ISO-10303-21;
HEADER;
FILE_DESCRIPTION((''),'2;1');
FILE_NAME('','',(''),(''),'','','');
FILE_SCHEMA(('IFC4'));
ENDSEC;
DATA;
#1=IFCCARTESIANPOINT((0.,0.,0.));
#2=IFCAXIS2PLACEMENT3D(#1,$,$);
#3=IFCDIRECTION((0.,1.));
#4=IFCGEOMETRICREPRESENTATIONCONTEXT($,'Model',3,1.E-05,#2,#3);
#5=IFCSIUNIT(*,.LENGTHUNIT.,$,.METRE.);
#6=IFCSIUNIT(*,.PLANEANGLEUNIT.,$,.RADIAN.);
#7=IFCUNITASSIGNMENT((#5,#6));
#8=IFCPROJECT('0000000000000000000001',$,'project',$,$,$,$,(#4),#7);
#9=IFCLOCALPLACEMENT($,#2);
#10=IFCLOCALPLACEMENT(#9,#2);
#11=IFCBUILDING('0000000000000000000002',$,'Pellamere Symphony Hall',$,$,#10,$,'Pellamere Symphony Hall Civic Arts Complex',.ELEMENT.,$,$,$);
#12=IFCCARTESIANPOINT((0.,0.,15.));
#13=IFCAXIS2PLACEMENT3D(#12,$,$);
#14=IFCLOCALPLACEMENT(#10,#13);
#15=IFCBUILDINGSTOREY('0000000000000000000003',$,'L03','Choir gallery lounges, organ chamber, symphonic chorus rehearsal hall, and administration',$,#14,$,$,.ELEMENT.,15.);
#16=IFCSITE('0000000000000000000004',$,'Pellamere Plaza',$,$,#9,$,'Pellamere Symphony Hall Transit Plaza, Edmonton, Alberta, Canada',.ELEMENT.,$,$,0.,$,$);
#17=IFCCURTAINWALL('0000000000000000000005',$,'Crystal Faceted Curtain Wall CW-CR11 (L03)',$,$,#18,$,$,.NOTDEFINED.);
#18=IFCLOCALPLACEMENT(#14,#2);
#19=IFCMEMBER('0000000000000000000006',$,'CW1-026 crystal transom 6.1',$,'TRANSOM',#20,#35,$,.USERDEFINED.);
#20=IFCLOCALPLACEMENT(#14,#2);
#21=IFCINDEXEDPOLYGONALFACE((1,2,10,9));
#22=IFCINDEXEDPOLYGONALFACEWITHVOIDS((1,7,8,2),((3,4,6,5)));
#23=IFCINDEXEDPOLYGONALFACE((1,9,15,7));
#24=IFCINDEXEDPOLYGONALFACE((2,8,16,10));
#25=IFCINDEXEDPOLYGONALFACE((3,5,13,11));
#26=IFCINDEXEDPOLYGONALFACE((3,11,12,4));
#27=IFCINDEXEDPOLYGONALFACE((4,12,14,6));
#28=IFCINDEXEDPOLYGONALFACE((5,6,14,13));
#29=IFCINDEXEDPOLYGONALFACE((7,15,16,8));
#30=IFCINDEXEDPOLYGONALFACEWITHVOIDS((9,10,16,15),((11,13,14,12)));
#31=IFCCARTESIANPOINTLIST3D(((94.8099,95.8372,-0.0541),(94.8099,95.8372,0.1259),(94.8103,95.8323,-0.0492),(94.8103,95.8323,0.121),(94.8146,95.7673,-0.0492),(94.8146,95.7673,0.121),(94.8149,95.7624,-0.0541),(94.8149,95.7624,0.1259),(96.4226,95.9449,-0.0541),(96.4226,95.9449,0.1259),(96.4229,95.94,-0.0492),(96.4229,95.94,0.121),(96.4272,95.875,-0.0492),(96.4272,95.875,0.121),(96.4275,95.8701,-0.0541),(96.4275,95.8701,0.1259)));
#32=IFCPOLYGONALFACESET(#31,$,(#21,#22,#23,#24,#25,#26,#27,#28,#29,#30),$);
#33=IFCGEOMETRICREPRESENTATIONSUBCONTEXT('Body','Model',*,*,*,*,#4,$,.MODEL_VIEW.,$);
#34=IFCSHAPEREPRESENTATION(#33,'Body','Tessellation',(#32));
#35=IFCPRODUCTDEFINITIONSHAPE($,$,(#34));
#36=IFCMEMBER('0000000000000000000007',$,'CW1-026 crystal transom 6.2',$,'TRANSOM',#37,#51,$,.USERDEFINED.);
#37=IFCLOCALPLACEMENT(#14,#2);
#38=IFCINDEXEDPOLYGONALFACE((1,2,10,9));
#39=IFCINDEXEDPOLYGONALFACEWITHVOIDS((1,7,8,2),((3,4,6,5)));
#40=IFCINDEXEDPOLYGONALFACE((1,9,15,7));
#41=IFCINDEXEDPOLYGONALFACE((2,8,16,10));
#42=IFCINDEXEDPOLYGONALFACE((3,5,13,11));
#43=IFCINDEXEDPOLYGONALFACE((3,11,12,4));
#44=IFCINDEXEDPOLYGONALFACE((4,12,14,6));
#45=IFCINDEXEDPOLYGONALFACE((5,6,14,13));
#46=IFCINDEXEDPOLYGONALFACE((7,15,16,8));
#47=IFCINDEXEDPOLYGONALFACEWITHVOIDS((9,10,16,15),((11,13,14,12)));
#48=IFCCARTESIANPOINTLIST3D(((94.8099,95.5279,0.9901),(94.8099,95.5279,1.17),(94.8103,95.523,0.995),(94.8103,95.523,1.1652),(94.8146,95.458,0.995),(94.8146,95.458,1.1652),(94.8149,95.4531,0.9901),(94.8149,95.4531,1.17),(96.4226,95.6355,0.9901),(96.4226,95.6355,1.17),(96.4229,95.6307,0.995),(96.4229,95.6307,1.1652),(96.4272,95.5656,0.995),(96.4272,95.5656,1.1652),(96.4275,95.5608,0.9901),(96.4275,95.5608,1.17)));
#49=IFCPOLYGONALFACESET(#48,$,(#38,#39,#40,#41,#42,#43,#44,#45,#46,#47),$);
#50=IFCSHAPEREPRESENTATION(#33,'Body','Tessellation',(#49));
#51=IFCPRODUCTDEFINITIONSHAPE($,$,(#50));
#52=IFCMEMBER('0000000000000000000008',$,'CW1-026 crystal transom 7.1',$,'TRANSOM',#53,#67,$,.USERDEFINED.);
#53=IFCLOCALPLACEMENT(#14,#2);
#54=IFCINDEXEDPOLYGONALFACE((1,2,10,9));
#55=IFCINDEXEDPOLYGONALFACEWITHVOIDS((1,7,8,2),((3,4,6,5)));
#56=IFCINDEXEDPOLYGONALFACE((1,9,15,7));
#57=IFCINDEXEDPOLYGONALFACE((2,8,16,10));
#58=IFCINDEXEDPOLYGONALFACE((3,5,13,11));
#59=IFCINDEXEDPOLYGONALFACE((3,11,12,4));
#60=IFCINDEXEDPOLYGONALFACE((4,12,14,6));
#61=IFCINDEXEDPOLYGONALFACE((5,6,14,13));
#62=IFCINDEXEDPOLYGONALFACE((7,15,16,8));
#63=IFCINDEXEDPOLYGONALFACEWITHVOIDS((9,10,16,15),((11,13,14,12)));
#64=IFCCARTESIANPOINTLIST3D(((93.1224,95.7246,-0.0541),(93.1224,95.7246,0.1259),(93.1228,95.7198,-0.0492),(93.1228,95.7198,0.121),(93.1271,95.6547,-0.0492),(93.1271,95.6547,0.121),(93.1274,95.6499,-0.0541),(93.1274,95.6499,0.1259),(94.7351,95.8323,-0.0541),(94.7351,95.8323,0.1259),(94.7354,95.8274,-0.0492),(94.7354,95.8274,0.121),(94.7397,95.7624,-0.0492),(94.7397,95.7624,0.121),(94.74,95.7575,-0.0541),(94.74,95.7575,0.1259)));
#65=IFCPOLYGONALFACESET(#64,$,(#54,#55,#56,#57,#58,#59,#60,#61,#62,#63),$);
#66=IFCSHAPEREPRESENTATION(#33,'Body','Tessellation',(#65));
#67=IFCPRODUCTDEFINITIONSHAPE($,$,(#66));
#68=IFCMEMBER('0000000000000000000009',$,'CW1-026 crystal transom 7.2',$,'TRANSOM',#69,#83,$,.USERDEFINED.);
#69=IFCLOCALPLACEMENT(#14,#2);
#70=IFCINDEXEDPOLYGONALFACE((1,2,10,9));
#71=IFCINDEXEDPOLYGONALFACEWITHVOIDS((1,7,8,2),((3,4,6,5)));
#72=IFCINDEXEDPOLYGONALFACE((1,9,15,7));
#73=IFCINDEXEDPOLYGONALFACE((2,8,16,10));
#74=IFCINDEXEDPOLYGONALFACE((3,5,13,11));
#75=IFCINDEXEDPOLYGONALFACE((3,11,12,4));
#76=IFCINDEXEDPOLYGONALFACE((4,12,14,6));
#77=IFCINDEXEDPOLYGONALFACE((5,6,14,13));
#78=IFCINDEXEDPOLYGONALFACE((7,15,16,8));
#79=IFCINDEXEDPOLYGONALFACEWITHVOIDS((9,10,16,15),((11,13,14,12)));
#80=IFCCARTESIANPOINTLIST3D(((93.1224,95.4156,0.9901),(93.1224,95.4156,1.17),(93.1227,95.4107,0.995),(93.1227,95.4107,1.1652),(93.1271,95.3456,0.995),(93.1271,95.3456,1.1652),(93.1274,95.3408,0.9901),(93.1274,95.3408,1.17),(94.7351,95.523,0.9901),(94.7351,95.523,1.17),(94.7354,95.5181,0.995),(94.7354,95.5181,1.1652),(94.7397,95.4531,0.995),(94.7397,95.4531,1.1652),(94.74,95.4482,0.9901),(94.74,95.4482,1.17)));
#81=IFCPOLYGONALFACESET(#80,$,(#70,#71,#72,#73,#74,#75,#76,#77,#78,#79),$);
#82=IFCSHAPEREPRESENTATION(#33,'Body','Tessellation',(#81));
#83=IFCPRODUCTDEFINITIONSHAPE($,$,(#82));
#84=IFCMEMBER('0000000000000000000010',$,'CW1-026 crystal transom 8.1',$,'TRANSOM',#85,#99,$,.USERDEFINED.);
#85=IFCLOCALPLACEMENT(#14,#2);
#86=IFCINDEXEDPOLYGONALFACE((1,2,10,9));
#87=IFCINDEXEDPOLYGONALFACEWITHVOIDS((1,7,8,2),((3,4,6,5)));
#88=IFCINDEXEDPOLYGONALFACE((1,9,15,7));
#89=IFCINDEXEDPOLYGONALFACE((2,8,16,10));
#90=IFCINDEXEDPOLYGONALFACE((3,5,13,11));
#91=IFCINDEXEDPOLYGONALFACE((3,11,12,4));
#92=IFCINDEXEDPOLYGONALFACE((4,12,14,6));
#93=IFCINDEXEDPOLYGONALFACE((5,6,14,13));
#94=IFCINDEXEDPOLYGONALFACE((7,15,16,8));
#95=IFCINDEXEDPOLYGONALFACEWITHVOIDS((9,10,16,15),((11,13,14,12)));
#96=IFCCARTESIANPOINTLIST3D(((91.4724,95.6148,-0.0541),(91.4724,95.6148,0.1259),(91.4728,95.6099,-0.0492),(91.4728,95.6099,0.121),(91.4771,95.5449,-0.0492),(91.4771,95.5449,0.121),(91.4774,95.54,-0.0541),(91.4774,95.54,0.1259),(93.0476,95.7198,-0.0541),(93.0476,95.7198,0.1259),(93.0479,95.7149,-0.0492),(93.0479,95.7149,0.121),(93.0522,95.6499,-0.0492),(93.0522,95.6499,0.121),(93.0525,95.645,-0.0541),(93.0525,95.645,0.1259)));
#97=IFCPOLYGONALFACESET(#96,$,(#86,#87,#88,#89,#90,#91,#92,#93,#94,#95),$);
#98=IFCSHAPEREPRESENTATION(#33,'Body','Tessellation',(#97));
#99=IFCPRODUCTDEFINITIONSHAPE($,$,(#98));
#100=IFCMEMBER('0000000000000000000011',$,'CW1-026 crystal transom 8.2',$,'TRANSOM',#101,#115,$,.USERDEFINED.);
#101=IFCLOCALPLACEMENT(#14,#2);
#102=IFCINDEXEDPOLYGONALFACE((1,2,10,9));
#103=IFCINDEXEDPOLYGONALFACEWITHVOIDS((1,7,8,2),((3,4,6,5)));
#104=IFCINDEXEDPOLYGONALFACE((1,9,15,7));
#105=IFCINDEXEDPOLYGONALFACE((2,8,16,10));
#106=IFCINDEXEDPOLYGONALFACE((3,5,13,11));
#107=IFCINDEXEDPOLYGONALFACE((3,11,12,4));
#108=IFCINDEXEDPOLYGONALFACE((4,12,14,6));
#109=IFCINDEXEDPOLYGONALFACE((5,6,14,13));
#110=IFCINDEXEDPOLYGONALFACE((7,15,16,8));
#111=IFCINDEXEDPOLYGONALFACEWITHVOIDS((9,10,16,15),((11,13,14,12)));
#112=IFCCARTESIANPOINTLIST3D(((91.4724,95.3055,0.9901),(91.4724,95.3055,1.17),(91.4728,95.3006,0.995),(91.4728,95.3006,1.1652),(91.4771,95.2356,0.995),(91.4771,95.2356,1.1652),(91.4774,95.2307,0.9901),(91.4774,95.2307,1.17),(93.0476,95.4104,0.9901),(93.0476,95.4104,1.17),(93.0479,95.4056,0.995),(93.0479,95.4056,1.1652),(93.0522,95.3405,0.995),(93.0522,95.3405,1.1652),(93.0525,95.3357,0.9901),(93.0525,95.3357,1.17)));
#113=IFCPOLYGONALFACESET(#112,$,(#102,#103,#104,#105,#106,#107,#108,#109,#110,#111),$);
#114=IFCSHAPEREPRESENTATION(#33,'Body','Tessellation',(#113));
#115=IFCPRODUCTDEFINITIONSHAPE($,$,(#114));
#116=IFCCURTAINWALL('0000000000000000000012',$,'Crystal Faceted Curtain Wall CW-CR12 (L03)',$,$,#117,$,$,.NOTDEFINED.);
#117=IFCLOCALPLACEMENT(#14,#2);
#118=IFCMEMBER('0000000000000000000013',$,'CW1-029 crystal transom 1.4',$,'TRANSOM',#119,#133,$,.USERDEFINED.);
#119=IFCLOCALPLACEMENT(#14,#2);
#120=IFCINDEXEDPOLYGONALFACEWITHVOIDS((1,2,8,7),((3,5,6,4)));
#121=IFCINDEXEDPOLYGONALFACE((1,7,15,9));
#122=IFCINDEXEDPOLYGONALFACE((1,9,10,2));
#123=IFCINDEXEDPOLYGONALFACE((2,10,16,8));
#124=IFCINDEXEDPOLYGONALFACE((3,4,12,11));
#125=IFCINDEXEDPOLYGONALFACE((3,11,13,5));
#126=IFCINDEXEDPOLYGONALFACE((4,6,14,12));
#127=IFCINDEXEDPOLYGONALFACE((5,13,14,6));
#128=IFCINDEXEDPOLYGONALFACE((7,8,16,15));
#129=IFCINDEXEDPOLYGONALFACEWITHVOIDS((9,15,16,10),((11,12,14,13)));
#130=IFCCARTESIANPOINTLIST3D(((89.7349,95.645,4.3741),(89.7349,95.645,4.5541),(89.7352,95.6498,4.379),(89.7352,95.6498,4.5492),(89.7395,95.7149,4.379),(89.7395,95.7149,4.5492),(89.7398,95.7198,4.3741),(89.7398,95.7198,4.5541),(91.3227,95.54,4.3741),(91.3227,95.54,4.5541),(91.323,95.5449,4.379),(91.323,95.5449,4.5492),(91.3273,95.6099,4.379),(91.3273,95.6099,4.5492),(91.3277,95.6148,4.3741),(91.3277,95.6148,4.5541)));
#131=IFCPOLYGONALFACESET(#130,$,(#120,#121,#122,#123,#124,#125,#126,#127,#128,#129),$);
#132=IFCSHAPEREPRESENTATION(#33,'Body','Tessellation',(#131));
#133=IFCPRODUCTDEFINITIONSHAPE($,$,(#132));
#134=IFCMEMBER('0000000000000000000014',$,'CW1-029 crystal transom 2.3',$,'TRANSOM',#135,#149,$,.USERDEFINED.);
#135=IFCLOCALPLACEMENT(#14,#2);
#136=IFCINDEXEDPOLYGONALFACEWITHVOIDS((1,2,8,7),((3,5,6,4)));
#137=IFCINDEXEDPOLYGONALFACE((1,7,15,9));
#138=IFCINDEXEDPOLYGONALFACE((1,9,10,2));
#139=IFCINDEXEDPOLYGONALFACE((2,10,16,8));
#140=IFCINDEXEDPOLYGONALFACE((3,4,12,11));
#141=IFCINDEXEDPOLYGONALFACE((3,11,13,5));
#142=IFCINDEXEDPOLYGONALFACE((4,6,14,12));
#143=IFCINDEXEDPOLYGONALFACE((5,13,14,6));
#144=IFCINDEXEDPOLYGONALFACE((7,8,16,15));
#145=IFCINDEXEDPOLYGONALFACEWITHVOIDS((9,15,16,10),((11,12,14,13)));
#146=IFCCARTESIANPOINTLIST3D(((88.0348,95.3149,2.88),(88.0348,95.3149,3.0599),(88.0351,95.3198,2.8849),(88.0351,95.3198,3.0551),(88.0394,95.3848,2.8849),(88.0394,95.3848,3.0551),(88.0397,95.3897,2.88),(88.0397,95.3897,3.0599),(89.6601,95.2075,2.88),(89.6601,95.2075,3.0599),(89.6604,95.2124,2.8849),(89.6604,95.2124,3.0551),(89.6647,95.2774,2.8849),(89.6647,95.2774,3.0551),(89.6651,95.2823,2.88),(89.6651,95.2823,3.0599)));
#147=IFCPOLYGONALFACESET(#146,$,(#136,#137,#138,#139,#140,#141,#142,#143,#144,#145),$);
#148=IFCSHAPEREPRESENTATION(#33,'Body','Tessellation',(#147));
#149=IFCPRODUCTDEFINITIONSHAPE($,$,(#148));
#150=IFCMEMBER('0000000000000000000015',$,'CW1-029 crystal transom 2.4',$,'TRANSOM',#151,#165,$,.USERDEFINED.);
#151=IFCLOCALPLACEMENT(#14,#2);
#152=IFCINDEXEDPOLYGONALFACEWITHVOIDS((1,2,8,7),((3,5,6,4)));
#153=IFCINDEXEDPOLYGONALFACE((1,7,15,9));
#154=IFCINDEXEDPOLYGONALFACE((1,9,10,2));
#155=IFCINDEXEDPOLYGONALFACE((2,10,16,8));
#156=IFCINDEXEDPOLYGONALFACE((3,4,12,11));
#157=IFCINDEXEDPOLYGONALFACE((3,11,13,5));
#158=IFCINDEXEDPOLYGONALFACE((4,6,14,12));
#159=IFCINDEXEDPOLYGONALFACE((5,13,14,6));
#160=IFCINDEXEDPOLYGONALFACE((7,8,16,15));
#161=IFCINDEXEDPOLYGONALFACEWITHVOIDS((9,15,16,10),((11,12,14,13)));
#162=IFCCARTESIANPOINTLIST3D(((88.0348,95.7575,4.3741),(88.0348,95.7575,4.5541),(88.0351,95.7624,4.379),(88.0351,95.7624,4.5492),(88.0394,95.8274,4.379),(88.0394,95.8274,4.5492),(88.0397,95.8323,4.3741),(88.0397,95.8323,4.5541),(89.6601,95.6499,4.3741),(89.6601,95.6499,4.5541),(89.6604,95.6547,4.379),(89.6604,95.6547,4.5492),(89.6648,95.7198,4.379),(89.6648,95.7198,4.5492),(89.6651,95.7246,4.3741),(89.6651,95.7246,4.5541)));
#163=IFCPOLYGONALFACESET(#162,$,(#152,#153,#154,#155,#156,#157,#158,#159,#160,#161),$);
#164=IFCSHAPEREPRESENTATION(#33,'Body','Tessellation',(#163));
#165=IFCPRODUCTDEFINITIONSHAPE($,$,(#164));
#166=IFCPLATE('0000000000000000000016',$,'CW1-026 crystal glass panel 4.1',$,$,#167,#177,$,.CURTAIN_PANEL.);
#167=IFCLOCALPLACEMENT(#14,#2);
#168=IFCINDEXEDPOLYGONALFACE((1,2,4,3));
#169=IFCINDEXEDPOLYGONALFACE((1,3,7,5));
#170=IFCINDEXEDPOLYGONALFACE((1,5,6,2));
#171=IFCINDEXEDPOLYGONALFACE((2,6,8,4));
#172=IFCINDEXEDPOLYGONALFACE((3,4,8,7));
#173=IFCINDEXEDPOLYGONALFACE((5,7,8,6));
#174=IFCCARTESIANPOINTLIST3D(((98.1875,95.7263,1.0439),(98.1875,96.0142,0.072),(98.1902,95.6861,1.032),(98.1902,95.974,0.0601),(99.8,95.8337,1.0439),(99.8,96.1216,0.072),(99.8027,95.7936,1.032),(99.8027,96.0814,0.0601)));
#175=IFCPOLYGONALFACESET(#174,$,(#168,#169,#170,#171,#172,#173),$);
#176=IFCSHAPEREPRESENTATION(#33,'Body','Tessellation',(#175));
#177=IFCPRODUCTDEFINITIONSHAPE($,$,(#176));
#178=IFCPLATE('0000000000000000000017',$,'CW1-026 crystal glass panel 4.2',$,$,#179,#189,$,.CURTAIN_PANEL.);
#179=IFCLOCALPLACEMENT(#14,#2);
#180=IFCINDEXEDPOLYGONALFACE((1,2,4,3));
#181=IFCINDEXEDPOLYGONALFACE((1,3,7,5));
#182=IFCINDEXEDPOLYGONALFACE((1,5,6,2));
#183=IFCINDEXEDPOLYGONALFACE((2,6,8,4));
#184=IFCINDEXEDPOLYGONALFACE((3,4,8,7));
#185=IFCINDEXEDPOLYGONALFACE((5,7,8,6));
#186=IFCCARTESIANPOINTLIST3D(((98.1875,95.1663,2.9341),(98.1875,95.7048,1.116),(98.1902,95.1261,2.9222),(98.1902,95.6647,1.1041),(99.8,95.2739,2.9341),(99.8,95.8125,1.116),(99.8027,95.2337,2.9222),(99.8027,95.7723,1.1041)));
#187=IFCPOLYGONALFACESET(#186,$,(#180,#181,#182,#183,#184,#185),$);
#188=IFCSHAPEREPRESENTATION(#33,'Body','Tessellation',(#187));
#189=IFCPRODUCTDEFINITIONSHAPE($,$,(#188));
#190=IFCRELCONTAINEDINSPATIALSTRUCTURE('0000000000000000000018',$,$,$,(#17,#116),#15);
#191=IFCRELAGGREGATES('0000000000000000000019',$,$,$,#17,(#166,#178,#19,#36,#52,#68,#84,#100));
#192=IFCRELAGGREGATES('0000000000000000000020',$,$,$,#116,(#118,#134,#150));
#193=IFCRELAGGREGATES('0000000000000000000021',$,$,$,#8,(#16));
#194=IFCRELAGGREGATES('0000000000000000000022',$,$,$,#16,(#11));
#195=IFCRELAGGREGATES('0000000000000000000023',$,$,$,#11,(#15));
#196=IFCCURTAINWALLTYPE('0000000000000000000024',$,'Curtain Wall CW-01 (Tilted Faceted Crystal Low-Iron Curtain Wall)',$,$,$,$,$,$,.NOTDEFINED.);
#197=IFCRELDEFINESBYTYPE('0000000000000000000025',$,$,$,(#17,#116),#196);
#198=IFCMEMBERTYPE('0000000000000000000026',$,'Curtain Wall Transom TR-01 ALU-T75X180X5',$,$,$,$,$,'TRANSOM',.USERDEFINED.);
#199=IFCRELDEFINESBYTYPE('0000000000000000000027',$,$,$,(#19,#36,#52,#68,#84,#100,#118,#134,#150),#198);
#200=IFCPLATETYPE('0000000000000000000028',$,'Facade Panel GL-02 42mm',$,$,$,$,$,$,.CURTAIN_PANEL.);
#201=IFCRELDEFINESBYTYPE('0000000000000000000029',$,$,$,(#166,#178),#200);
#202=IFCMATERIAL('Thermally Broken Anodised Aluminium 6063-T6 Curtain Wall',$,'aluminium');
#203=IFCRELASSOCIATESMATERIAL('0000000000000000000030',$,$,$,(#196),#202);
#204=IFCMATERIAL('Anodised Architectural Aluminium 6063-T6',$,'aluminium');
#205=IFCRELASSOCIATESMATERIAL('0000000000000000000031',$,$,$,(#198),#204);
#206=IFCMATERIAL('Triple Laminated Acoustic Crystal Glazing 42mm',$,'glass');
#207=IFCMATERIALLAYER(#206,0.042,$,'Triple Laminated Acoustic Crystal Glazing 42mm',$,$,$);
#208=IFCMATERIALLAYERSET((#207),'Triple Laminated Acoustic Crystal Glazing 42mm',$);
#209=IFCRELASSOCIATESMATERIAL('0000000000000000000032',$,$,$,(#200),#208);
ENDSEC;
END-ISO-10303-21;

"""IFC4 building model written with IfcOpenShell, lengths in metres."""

from ifc_helpers import new_model, si_unit, direction, frame, origin, origin_2d, place, context, subcontext, project, spatial, polyline, hollow_rectangle, outline, extrude, material, layer, layer_set, material_profile, profile_set, type_object, element, aggregate, save


model = new_model("IFC4")

# Units and contexts
model_context = context("Model", 3, precision=1e-05, world=origin(), true_north=direction((0.0, 1.0)))
body_context = subcontext(model_context, "Body", "Model", "MODEL_VIEW")
ifc_project = project(units=[si_unit("LENGTHUNIT", "METRE"), si_unit("PLANEANGLEUNIT", "RADIAN")], contexts=[model_context])

# Site, building, storey
site_placement = place(None, origin())
site = spatial("IfcSite", under=ifc_project, at=site_placement, Name="Pellamere Plaza", LongName="Pellamere Symphony Hall Transit Plaza, Edmonton, Alberta, Canada", CompositionType="ELEMENT", RefElevation=0.0)
building_placement = place(site_placement, origin())
building = spatial("IfcBuilding", under=site, at=building_placement, Name="Pellamere Symphony Hall", LongName="Pellamere Symphony Hall Civic Arts Complex", CompositionType="ELEMENT")
storey_placement = place(building_placement, frame((0.0, 0.0, 15.0)))
storey = spatial("IfcBuildingStorey", under=building, at=storey_placement, Name="L03", Description="Choir gallery lounges, organ chamber, symphonic chorus rehearsal hall, and administration", CompositionType="ELEMENT", Elevation=15.0)

# Curtain walls, members
ifc_material_1 = material(Name="Thermally Broken Anodised Aluminium 6063-T6 Curtain Wall", Category="aluminium")
curtain_wall_type = type_object("IfcCurtainWallType", Name="Curtain Wall CW-01 (Tilted Faceted Crystal Low-Iron Curtain Wall)", PredefinedType="NOTDEFINED", material=ifc_material_1)
curtain_wall_1_placement = place(storey_placement, origin())
curtain_wall_1 = element("IfcCurtainWall", 1, at=curtain_wall_1_placement, inside=storey, type_object=curtain_wall_type, Name="Crystal Faceted Curtain Wall CW-CR11 (L03)", PredefinedType="NOTDEFINED")
ifc_material_2 = material(Name="Anodised Architectural Aluminium 6063-T6", Category="aluminium")
ifc_material_profile_1 = material_profile(ifc_material_2, hollow_rectangle(XDim=0.075, YDim=0.1799, WallThickness=0.0049, at=origin_2d()), Name="ALU-T75X180X5")
ifc_profile_set_1 = profile_set([ifc_material_profile_1], Name="Anodised Architectural Aluminium 6063-T6")
member_type_1 = type_object("IfcMemberType", Name="Curtain Wall Transom TR-01 ALU-T75X180X5", ElementType="TRANSOM", PredefinedType="USERDEFINED", material=ifc_profile_set_1)
member_1_placement = place(storey_placement, frame((96.425, 95.9075, 0.0359), z_axis=(-0.997778, -0.066619, 0.0), x_axis=(0.066619, -0.997778, 0.0)))
member_1 = element("IfcMember", 2, at=member_1_placement, type_object=member_type_1, Name="CW1-026 crystal transom 6.1", ObjectType="TRANSOM", PredefinedType="USERDEFINED", context=body_context, shape_type="SweptSolid", body=[
    extrude(hollow_rectangle(XDim=0.075, YDim=0.1799, WallThickness=0.0049, at=origin_2d()), origin(), (0.0, 0.0, 1.0), 1.6162),
])
member_2_placement = place(storey_placement, frame((96.425, 95.5981, 1.0801), z_axis=(-0.997778, -0.066619, 0.0), x_axis=(0.066619, -0.997778, 0.0)))
member_2 = element("IfcMember", 3, at=member_2_placement, type_object=member_type_1, Name="CW1-026 crystal transom 6.2", ObjectType="TRANSOM", PredefinedType="USERDEFINED", context=body_context, shape_type="SweptSolid", body=[
    extrude(hollow_rectangle(XDim=0.075, YDim=0.1799, WallThickness=0.0049, at=origin_2d()), origin(), (0.0, 0.0, 1.0), 1.6162),
])
member_3_placement = place(storey_placement, frame((94.7375, 95.7949, 0.0359), z_axis=(-0.997778, -0.066619, 0.0), x_axis=(0.066619, -0.997778, 0.0)))
member_3 = element("IfcMember", 4, at=member_3_placement, type_object=member_type_1, Name="CW1-026 crystal transom 7.1", ObjectType="TRANSOM", PredefinedType="USERDEFINED", context=body_context, shape_type="SweptSolid", body=[
    extrude(hollow_rectangle(XDim=0.075, YDim=0.1799, WallThickness=0.0049, at=origin_2d()), origin(), (0.0, 0.0, 1.0), 1.6162),
])
member_4_placement = place(storey_placement, frame((94.7375, 95.4856, 1.0801), z_axis=(-0.997788, -0.066469, 0.0), x_axis=(0.066469, -0.997788, 0.0)))
member_4 = element("IfcMember", 5, at=member_4_placement, type_object=member_type_1, Name="CW1-026 crystal transom 7.2", ObjectType="TRANSOM", PredefinedType="USERDEFINED", context=body_context, shape_type="SweptSolid", body=[
    extrude(hollow_rectangle(XDim=0.075, YDim=0.1799, WallThickness=0.0049, at=origin_2d()), origin(), (0.0, 0.0, 1.0), 1.6162),
])
member_5_placement = place(storey_placement, frame((93.05, 95.6824, 0.0359), z_axis=(-0.997787, -0.066498, 0.0), x_axis=(0.066498, -0.997787, 0.0)))
member_5 = element("IfcMember", 6, at=member_5_placement, type_object=member_type_1, Name="CW1-026 crystal transom 8.1", ObjectType="TRANSOM", PredefinedType="USERDEFINED", context=body_context, shape_type="SweptSolid", body=[
    extrude(hollow_rectangle(XDim=0.075, YDim=0.1799, WallThickness=0.0049, at=origin_2d()), origin(), (0.0, 0.0, 1.0), 1.5786),
])
member_6_placement = place(storey_placement, frame((93.05, 95.373, 1.0801), z_axis=(-0.997787, -0.066498, 0.0), x_axis=(0.066498, -0.997787, 0.0)))
member_6 = element("IfcMember", 7, at=member_6_placement, type_object=member_type_1, Name="CW1-026 crystal transom 8.2", ObjectType="TRANSOM", PredefinedType="USERDEFINED", context=body_context, shape_type="SweptSolid", body=[
    extrude(hollow_rectangle(XDim=0.075, YDim=0.1799, WallThickness=0.0049, at=origin_2d()), origin(), (0.0, 0.0, 1.0), 1.5786),
])
curtain_wall_2_placement = place(storey_placement, origin())
curtain_wall_2 = element("IfcCurtainWall", 8, at=curtain_wall_2_placement, inside=storey, type_object=curtain_wall_type, Name="Crystal Faceted Curtain Wall CW-CR12 (L03)", PredefinedType="NOTDEFINED")
member_7_placement = place(storey_placement, frame((91.3252, 95.5774, 4.4641), z_axis=(-0.997822, 0.065969, 0.0), x_axis=(-0.065969, -0.997822, 0.0)))
member_7 = element("IfcMember", 9, at=member_7_placement, type_object=member_type_1, Name="CW1-029 crystal transom 1.4", ObjectType="TRANSOM", PredefinedType="USERDEFINED", context=body_context, shape_type="SweptSolid", body=[
    extrude(hollow_rectangle(XDim=0.075, YDim=0.1799, WallThickness=0.0049, at=origin_2d()), origin(), (0.0, 0.0, 1.0), 1.5913),
])
member_8_placement = place(storey_placement, frame((89.6626, 95.2449, 2.97), z_axis=(-0.997823, 0.065952, 0.0), x_axis=(-0.065952, -0.997823, 0.0)))
member_8 = element("IfcMember", 10, at=member_8_placement, type_object=member_type_1, Name="CW1-029 crystal transom 2.3", ObjectType="TRANSOM", PredefinedType="USERDEFINED", context=body_context, shape_type="SweptSolid", body=[
    extrude(hollow_rectangle(XDim=0.075, YDim=0.1799, WallThickness=0.0049, at=origin_2d()), origin(), (0.0, 0.0, 1.0), 1.6289),
])
member_9_placement = place(storey_placement, frame((89.6626, 95.6873, 4.4641), z_axis=(-0.997813, 0.066101, 0.0), x_axis=(-0.066101, -0.997813, 0.0)))
member_9 = element("IfcMember", 11, at=member_9_placement, type_object=member_type_1, Name="CW1-029 crystal transom 2.4", ObjectType="TRANSOM", PredefinedType="USERDEFINED", context=body_context, shape_type="SweptSolid", body=[
    extrude(hollow_rectangle(XDim=0.075, YDim=0.1799, WallThickness=0.0049, at=origin_2d()), origin(), (0.0, 0.0, 1.0), 1.6289),
])

# Plates
ifc_material_3 = material(Name="Triple Laminated Acoustic Crystal Glazing 42mm", Category="glass")
ifc_layer = layer(ifc_material_3, 0.042, Name="Triple Laminated Acoustic Crystal Glazing 42mm")
ifc_layer_set = layer_set([ifc_layer], Name="Triple Laminated Acoustic Crystal Glazing 42mm")
plate_type = type_object("IfcPlateType", Name="Facade Panel GL-02 42mm", PredefinedType="CURTAIN_PANEL", material=ifc_layer_set)
plate_1_placement = place(storey_placement, frame((99.8, 96.1216, 0.072), z_axis=(-0.063744, 0.956885, 0.283388), x_axis=(-0.997788, -0.066469, 0.0)))
plate_1 = element("IfcPlate", 12, at=plate_1_placement, type_object=plate_type, Name="CW1-026 crystal glass panel 4.1", PredefinedType="CURTAIN_PANEL", context=body_context, shape_type="SweptSolid", body=[
    extrude(outline(polyline([(0.0, 0.0), (1.6161, 0.0), (1.6353, 1.0135), (0.0191, 1.0135), (0.0, 0.0)])), origin(), (0.0, 0.0, -1.0), 0.042),
])
plate_2_placement = place(storey_placement, frame((99.8, 95.8125, 1.116), z_axis=(-0.063887, 0.956858, 0.283447), x_axis=(-0.997778, -0.066619, 0.0)))
plate_2 = element("IfcPlate", 13, at=plate_2_placement, type_object=plate_type, Name="CW1-026 crystal glass panel 4.2", PredefinedType="CURTAIN_PANEL", context=body_context, shape_type="SweptSolid", body=[
    extrude(outline(polyline([(0.0, 0.0), (1.6161, 0.0), (1.652, 1.8959), (0.0359, 1.8959), (0.0, 0.0)])), origin(), (0.0, 0.0, -1.0), 0.042),
])
aggregate(curtain_wall_1, [plate_1, plate_2, member_1, member_2, member_3, member_4, member_5, member_6])
aggregate(curtain_wall_2, [member_7, member_8, member_9])

save(model, "model.ifc")
